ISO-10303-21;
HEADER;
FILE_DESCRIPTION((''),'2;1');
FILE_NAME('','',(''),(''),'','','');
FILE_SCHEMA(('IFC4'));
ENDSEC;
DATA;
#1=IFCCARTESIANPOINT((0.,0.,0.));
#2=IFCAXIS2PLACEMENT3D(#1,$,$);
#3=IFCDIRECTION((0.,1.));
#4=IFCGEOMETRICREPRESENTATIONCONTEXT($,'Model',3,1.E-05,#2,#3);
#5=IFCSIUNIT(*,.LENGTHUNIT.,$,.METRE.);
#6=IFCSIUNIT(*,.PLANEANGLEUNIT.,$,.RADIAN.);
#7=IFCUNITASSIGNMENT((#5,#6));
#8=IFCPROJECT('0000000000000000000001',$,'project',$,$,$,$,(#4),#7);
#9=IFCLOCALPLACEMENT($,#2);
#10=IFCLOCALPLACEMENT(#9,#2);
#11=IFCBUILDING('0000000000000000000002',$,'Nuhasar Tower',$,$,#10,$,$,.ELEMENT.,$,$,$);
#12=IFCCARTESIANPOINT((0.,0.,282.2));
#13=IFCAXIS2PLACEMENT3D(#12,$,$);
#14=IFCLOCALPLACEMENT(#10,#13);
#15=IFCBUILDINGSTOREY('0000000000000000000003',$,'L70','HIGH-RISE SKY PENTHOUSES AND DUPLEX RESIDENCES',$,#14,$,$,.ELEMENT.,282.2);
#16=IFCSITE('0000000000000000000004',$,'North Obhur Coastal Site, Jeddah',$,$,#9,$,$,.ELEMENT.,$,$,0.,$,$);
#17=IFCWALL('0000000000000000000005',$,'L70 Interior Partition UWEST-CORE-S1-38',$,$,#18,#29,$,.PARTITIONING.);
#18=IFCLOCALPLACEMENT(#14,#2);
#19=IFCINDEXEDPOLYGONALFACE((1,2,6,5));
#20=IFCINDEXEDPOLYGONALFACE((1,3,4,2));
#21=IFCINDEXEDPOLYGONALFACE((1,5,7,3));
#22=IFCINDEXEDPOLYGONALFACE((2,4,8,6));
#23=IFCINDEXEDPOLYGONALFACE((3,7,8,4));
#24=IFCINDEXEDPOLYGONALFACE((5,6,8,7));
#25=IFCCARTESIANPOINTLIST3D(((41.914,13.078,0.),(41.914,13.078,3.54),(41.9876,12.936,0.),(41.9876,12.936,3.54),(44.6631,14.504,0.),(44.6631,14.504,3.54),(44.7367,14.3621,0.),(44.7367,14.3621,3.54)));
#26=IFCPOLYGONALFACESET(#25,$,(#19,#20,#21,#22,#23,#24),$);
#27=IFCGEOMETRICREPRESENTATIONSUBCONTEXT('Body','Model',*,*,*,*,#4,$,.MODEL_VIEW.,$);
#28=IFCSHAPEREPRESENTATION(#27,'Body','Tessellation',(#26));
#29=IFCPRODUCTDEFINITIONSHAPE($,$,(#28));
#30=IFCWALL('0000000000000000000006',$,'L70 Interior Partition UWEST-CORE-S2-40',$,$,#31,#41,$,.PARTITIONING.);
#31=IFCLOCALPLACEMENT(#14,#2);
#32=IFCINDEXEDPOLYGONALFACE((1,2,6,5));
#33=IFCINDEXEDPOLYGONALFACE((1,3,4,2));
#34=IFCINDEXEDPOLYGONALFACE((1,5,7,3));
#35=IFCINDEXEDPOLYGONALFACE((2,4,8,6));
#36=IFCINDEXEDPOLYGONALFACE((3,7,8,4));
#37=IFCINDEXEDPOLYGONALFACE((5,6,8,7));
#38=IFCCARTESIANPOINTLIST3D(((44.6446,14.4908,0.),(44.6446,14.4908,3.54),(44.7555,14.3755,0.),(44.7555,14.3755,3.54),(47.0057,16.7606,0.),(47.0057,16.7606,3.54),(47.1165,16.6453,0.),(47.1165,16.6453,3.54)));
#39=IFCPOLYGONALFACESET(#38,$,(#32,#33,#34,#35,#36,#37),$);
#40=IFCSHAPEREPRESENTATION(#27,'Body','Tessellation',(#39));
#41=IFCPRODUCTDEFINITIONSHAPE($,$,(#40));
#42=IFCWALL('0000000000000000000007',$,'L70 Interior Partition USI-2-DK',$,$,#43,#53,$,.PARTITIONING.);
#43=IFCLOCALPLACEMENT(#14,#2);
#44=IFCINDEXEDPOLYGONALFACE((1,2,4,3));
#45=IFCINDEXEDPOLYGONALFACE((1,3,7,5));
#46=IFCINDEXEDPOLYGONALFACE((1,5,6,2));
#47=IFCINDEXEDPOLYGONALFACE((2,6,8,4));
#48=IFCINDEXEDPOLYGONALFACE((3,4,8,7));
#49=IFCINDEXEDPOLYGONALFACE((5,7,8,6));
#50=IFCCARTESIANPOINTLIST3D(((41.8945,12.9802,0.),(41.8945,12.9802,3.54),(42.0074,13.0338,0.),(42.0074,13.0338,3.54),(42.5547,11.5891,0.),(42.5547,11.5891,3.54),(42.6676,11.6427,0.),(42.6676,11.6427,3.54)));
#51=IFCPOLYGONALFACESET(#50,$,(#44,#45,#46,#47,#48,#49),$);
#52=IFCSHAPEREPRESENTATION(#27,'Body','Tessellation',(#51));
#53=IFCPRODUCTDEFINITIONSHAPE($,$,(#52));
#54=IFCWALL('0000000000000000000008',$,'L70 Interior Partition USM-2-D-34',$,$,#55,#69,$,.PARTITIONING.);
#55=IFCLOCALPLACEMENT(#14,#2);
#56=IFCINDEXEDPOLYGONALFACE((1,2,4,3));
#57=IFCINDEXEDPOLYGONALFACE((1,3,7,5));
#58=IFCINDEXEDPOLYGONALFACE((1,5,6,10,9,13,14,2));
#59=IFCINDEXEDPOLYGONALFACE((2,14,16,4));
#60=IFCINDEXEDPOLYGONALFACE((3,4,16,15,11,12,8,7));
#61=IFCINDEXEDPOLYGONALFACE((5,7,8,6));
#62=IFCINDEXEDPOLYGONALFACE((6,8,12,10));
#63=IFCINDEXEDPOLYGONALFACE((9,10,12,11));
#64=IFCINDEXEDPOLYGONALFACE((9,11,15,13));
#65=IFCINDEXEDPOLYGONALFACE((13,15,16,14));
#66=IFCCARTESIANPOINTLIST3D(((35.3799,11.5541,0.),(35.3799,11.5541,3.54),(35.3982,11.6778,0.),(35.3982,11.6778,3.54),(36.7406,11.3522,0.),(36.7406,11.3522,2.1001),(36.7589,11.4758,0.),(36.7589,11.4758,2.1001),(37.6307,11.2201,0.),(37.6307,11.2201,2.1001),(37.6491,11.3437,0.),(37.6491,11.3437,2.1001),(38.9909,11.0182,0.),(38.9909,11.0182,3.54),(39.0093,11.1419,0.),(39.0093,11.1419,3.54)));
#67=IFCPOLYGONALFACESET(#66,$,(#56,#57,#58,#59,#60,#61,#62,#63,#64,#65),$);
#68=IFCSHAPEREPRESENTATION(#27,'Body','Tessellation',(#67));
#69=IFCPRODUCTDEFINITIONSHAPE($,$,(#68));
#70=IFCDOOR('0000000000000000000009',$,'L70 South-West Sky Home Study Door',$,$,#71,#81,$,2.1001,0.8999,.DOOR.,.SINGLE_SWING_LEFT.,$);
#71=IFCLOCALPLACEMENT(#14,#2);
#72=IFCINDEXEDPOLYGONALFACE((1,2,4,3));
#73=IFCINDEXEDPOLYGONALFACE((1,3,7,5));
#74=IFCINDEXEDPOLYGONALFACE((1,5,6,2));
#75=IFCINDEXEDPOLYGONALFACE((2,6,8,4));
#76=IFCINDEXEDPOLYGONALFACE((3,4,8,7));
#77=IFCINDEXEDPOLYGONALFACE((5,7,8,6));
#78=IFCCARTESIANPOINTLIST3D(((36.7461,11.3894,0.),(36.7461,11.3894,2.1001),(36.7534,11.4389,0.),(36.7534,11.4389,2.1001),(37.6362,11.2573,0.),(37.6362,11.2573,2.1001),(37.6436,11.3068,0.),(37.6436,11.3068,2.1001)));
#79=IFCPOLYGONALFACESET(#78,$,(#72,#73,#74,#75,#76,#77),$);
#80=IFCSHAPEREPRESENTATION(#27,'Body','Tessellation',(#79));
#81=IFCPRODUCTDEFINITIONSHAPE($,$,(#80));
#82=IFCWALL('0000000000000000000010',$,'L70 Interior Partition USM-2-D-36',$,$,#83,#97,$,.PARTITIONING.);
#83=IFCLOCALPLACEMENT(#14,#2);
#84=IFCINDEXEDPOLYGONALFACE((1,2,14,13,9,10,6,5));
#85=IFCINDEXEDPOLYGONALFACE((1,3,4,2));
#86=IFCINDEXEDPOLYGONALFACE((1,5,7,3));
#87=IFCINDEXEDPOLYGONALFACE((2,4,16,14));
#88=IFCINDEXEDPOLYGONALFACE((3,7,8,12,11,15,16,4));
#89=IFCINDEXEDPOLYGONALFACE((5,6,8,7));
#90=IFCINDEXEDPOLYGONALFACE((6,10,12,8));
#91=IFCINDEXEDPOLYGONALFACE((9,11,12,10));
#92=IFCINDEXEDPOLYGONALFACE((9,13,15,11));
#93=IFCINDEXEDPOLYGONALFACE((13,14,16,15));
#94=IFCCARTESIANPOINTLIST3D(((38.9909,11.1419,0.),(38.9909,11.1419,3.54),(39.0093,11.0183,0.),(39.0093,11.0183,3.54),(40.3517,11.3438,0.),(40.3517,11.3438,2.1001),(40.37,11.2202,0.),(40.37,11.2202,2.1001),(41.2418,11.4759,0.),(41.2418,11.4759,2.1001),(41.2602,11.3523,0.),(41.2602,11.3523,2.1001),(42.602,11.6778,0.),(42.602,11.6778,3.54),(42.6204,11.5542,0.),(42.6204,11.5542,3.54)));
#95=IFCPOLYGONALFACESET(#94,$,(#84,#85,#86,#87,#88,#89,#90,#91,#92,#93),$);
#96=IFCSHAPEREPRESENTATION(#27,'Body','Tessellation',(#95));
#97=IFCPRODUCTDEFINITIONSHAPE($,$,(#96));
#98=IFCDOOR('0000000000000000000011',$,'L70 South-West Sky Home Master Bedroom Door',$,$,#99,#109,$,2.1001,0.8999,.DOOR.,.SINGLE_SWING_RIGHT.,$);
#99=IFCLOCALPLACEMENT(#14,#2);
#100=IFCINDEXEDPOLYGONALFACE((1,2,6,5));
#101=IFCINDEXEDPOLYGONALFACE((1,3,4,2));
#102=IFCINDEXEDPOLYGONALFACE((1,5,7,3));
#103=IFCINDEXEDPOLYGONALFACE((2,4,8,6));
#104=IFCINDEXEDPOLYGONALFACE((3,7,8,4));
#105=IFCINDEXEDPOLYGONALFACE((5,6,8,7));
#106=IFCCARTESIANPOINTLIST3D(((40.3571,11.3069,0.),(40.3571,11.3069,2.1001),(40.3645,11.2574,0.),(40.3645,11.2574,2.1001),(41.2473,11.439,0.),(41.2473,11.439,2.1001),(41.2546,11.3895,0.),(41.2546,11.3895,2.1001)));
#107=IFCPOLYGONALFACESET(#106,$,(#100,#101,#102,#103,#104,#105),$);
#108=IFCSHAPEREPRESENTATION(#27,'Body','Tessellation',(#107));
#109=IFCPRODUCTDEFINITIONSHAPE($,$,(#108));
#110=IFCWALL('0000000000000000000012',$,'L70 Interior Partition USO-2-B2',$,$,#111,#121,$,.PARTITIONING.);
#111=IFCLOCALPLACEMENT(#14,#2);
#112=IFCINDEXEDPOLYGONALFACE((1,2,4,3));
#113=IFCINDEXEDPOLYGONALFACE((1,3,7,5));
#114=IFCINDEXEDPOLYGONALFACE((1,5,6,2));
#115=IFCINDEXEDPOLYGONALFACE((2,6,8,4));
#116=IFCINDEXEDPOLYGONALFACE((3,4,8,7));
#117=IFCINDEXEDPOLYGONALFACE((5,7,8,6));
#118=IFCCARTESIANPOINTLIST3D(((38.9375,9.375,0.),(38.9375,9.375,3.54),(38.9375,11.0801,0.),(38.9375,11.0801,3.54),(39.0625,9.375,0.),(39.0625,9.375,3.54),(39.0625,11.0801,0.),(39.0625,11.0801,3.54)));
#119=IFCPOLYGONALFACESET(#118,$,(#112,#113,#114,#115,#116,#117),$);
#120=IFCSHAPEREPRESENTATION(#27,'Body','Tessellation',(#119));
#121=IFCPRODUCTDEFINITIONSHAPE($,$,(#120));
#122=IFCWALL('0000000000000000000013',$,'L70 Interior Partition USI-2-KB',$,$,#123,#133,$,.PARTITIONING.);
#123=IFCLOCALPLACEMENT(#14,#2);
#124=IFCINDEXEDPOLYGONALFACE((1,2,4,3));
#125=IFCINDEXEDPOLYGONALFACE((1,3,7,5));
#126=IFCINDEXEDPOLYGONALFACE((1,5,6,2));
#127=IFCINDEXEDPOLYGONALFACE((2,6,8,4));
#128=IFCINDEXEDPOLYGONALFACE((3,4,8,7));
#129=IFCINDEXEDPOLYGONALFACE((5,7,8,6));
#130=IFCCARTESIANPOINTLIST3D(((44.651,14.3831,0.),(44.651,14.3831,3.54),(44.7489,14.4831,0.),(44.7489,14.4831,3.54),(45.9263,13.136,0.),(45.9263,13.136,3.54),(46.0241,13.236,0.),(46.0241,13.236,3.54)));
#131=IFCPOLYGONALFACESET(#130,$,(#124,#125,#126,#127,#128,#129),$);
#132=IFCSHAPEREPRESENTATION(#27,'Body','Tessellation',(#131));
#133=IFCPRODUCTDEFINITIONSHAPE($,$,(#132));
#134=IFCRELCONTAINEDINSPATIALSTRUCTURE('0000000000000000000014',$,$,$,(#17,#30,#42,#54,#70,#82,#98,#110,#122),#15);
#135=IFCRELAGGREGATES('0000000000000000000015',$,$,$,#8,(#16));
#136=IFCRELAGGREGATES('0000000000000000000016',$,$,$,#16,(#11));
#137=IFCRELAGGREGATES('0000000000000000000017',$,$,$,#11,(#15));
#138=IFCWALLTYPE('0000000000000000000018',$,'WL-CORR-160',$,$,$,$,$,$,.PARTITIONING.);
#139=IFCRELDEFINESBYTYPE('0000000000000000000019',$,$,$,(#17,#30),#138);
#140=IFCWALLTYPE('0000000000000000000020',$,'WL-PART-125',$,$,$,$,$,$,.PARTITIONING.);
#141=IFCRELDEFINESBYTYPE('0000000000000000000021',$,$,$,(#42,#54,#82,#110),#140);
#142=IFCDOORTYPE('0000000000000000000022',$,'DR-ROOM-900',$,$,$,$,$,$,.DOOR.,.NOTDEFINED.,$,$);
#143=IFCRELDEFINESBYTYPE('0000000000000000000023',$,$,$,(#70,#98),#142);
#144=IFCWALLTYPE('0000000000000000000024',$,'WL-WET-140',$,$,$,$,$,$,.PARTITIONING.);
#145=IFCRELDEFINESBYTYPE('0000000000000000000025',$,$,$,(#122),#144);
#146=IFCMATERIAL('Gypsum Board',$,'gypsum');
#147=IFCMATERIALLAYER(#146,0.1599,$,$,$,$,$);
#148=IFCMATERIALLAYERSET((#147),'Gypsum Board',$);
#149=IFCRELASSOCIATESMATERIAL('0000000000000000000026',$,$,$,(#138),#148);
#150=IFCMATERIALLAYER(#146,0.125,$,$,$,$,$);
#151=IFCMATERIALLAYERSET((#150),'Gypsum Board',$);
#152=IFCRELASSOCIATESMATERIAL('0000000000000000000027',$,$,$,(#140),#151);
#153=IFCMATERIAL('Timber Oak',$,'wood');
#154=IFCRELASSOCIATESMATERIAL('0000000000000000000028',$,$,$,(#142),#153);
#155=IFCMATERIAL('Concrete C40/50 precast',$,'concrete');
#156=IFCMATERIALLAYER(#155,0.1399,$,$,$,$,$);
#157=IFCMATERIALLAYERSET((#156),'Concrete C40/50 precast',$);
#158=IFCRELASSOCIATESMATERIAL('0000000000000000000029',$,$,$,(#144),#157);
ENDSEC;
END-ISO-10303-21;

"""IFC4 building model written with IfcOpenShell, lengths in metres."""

from ifc_helpers import new_model, si_unit, direction, frame, frame_2d, origin, place, context, subcontext, project, spatial, rectangle, extrude, material, layer, layer_set, type_object, element, fill, save


model = new_model("IFC4")

# Units and contexts
model_context = context("Model", 3, precision=1e-05, world=origin(), true_north=direction((0.0, 1.0)))
body_context = subcontext(model_context, "Body", "Model", "MODEL_VIEW")
ifc_project = project(units=[si_unit("LENGTHUNIT", "METRE"), si_unit("PLANEANGLEUNIT", "RADIAN")], contexts=[model_context])

# Site, building, storey
site_placement = place(None, origin())
site = spatial("IfcSite", under=ifc_project, at=site_placement, Name="North Obhur Coastal Site, Jeddah", CompositionType="ELEMENT", RefElevation=0.0)
building_placement = place(site_placement, origin())
building = spatial("IfcBuilding", under=site, at=building_placement, Name="Nuhasar Tower", CompositionType="ELEMENT")
storey_placement = place(building_placement, frame((0.0, 0.0, 282.2)))
storey = spatial("IfcBuildingStorey", under=building, at=storey_placement, Name="L70", Description="HIGH-RISE SKY PENTHOUSES AND DUPLEX RESIDENCES", CompositionType="ELEMENT", Elevation=282.2)

# Walls
ifc_material_1 = material(Name="Gypsum Board", Category="gypsum")
ifc_layer_1 = layer(ifc_material_1, 0.1599)
ifc_layer_set_1 = layer_set([ifc_layer_1], Name="Gypsum Board")
wall_type_1 = type_object("IfcWallType", Name="WL-CORR-160", PredefinedType="PARTITIONING", material=ifc_layer_set_1)
wall_1_placement = place(storey_placement, frame((41.9509, 13.0071, 0.0), z_axis=(0.0, 0.0, 1.0), x_axis=(0.887675, 0.460471, 0.0)))
element("IfcWall", 1, at=wall_1_placement, inside=storey, type_object=wall_type_1, Name="L70 Interior Partition UWEST-CORE-S1-38", PredefinedType="PARTITIONING", context=body_context, shape_type="SweptSolid", body=[
    extrude(rectangle(XDim=3.0969, YDim=0.1599, at=frame_2d((1.5483, 0.0))), origin(), (0.0, 0.0, 1.0), 3.54),
])
wall_2_placement = place(storey_placement, frame((44.7, 14.4331, 0.0), z_axis=(0.0, 0.0, 1.0), x_axis=(0.720909, 0.69303, 0.0)))
element("IfcWall", 2, at=wall_2_placement, inside=storey, type_object=wall_type_1, Name="L70 Interior Partition UWEST-CORE-S2-40", PredefinedType="PARTITIONING", context=body_context, shape_type="SweptSolid", body=[
    extrude(rectangle(XDim=3.2751, YDim=0.1599, at=frame_2d((1.6377, 0.0))), origin(), (0.0, 0.0, 1.0), 3.54),
])

# Wall
ifc_layer_2 = layer(ifc_material_1, 0.125)
ifc_layer_set_2 = layer_set([ifc_layer_2], Name="Gypsum Board")
wall_type_2 = type_object("IfcWallType", Name="WL-PART-125", PredefinedType="PARTITIONING", material=ifc_layer_set_2)
wall_3_placement = place(storey_placement, frame((41.9509, 13.0071, 0.0), z_axis=(0.0, 0.0, 1.0), x_axis=(0.428727, -0.903434, 0.0)))
element("IfcWall", 3, at=wall_3_placement, inside=storey, type_object=wall_type_2, Name="L70 Interior Partition USI-2-DK", PredefinedType="PARTITIONING", context=body_context, shape_type="SweptSolid", body=[
    extrude(rectangle(XDim=1.5398, YDim=0.125, at=frame_2d((0.77, 0.0))), origin(), (0.0, 0.0, 1.0), 3.54),
])

# Walls, openings, doors
wall_4_placement = place(storey_placement, frame((39.0, 11.0801, 0.0), z_axis=(0.0, 0.0, 1.0), x_axis=(-0.989167, 0.146793, 0.0)))
wall_4 = element("IfcWall", 4, at=wall_4_placement, inside=storey, type_object=wall_type_2, Name="L70 Interior Partition USM-2-D-34", PredefinedType="PARTITIONING", context=body_context, shape_type="SweptSolid", body=[
    extrude(rectangle(XDim=3.6506, YDim=0.125, at=frame_2d((1.8252, 0.0))), origin(), (0.0, 0.0, 1.0), 3.54),
])
opening_1_placement = place(wall_4_placement, frame((1.375, 0.0, 0.0)))
opening_1 = element("IfcOpeningElement", 5, at=opening_1_placement, cuts=wall_4, PredefinedType="OPENING", context=body_context, shape_type="SweptSolid", body=[
    extrude(rectangle(XDim=0.8999, YDim=2.1001, at=frame_2d((0.45, 1.05))), frame((0.0, 0.0725, 0.0), z_axis=(0.0, -1.0, 0.0), x_axis=(1.0, 0.0, 0.0)), (0.0, 0.0, 1.0), 0.145),
])
ifc_material_2 = material(Name="Timber Oak", Category="wood")
door_type_1 = type_object("IfcDoorType", Name="DR-ROOM-900", OperationType="NOTDEFINED", PredefinedType="DOOR", material=ifc_material_2)
door_1_placement = place(opening_1_placement, origin())
door_1 = element("IfcDoor", 6, at=door_1_placement, inside=storey, type_object=door_type_1, Name="L70 South-West Sky Home Study Door", OperationType="SINGLE_SWING_LEFT", OverallHeight=2.1001, OverallWidth=0.8999, PredefinedType="DOOR", context=body_context, shape_type="SweptSolid", body=[
    extrude(rectangle(XDim=0.8999, YDim=2.1001, at=frame_2d((0.45, 1.05))), frame((0.0, 0.0249, 0.0), z_axis=(0.0, -1.0, 0.0), x_axis=(1.0, 0.0, 0.0)), (0.0, 0.0, 1.0), 0.05),
])
fill(opening_1, door_1)
wall_5_placement = place(storey_placement, frame((42.6111, 11.616, 0.0), z_axis=(0.0, 0.0, 1.0), x_axis=(-0.989167, -0.146793, 0.0)))
wall_5 = element("IfcWall", 7, at=wall_5_placement, inside=storey, type_object=wall_type_2, Name="L70 Interior Partition USM-2-D-36", PredefinedType="PARTITIONING", context=body_context, shape_type="SweptSolid", body=[
    extrude(rectangle(XDim=3.6506, YDim=0.125, at=frame_2d((1.8252, 0.0))), origin(), (0.0, 0.0, 1.0), 3.54),
])
opening_2_placement = place(wall_5_placement, frame((1.375, 0.0, 0.0)))
opening_2 = element("IfcOpeningElement", 8, at=opening_2_placement, cuts=wall_5, PredefinedType="OPENING", context=body_context, shape_type="SweptSolid", body=[
    extrude(rectangle(XDim=0.8999, YDim=2.1001, at=frame_2d((0.45, 1.05))), frame((0.0, 0.0725, 0.0), z_axis=(0.0, -1.0, 0.0), x_axis=(1.0, 0.0, 0.0)), (0.0, 0.0, 1.0), 0.145),
])
door_2_placement = place(opening_2_placement, origin())
door_2 = element("IfcDoor", 9, at=door_2_placement, inside=storey, type_object=door_type_1, Name="L70 South-West Sky Home Master Bedroom Door", OperationType="SINGLE_SWING_RIGHT", OverallHeight=2.1001, OverallWidth=0.8999, PredefinedType="DOOR", context=body_context, shape_type="SweptSolid", body=[
    extrude(rectangle(XDim=0.8999, YDim=2.1001, at=frame_2d((0.45, 1.05))), frame((0.0, 0.0249, 0.0), z_axis=(0.0, -1.0, 0.0), x_axis=(1.0, 0.0, 0.0)), (0.0, 0.0, 1.0), 0.05),
])
fill(opening_2, door_2)

# Walls
wall_6_placement = place(storey_placement, frame((39.0, 11.0801, 0.0), z_axis=(0.0, 0.0, 1.0), x_axis=(0.0, -1.0, 0.0)))
element("IfcWall", 10, at=wall_6_placement, inside=storey, type_object=wall_type_2, Name="L70 Interior Partition USO-2-B2", PredefinedType="PARTITIONING", context=body_context, shape_type="SweptSolid", body=[
    extrude(rectangle(XDim=1.7051, YDim=0.125, at=frame_2d((0.8525, 0.0))), origin(), (0.0, 0.0, 1.0), 3.54),
])
ifc_material_3 = material(Name="Concrete C40/50 precast", Category="concrete")
ifc_layer_3 = layer(ifc_material_3, 0.1399)
ifc_layer_set_3 = layer_set([ifc_layer_3], Name="Concrete C40/50 precast")
wall_type_3 = type_object("IfcWallType", Name="WL-WET-140", PredefinedType="PARTITIONING", material=ifc_layer_set_3)
wall_7_placement = place(storey_placement, frame((44.7, 14.4331, 0.0), z_axis=(0.0, 0.0, 1.0), x_axis=(0.714934, -0.699192, 0.0)))
element("IfcWall", 11, at=wall_7_placement, inside=storey, type_object=wall_type_3, Name="L70 Interior Partition USI-2-KB", PredefinedType="PARTITIONING", context=body_context, shape_type="SweptSolid", body=[
    extrude(rectangle(XDim=1.7837, YDim=0.1399, at=frame_2d((0.8918, 0.0))), origin(), (0.0, 0.0, 1.0), 3.54),
])

save(model, "model.ifc")
